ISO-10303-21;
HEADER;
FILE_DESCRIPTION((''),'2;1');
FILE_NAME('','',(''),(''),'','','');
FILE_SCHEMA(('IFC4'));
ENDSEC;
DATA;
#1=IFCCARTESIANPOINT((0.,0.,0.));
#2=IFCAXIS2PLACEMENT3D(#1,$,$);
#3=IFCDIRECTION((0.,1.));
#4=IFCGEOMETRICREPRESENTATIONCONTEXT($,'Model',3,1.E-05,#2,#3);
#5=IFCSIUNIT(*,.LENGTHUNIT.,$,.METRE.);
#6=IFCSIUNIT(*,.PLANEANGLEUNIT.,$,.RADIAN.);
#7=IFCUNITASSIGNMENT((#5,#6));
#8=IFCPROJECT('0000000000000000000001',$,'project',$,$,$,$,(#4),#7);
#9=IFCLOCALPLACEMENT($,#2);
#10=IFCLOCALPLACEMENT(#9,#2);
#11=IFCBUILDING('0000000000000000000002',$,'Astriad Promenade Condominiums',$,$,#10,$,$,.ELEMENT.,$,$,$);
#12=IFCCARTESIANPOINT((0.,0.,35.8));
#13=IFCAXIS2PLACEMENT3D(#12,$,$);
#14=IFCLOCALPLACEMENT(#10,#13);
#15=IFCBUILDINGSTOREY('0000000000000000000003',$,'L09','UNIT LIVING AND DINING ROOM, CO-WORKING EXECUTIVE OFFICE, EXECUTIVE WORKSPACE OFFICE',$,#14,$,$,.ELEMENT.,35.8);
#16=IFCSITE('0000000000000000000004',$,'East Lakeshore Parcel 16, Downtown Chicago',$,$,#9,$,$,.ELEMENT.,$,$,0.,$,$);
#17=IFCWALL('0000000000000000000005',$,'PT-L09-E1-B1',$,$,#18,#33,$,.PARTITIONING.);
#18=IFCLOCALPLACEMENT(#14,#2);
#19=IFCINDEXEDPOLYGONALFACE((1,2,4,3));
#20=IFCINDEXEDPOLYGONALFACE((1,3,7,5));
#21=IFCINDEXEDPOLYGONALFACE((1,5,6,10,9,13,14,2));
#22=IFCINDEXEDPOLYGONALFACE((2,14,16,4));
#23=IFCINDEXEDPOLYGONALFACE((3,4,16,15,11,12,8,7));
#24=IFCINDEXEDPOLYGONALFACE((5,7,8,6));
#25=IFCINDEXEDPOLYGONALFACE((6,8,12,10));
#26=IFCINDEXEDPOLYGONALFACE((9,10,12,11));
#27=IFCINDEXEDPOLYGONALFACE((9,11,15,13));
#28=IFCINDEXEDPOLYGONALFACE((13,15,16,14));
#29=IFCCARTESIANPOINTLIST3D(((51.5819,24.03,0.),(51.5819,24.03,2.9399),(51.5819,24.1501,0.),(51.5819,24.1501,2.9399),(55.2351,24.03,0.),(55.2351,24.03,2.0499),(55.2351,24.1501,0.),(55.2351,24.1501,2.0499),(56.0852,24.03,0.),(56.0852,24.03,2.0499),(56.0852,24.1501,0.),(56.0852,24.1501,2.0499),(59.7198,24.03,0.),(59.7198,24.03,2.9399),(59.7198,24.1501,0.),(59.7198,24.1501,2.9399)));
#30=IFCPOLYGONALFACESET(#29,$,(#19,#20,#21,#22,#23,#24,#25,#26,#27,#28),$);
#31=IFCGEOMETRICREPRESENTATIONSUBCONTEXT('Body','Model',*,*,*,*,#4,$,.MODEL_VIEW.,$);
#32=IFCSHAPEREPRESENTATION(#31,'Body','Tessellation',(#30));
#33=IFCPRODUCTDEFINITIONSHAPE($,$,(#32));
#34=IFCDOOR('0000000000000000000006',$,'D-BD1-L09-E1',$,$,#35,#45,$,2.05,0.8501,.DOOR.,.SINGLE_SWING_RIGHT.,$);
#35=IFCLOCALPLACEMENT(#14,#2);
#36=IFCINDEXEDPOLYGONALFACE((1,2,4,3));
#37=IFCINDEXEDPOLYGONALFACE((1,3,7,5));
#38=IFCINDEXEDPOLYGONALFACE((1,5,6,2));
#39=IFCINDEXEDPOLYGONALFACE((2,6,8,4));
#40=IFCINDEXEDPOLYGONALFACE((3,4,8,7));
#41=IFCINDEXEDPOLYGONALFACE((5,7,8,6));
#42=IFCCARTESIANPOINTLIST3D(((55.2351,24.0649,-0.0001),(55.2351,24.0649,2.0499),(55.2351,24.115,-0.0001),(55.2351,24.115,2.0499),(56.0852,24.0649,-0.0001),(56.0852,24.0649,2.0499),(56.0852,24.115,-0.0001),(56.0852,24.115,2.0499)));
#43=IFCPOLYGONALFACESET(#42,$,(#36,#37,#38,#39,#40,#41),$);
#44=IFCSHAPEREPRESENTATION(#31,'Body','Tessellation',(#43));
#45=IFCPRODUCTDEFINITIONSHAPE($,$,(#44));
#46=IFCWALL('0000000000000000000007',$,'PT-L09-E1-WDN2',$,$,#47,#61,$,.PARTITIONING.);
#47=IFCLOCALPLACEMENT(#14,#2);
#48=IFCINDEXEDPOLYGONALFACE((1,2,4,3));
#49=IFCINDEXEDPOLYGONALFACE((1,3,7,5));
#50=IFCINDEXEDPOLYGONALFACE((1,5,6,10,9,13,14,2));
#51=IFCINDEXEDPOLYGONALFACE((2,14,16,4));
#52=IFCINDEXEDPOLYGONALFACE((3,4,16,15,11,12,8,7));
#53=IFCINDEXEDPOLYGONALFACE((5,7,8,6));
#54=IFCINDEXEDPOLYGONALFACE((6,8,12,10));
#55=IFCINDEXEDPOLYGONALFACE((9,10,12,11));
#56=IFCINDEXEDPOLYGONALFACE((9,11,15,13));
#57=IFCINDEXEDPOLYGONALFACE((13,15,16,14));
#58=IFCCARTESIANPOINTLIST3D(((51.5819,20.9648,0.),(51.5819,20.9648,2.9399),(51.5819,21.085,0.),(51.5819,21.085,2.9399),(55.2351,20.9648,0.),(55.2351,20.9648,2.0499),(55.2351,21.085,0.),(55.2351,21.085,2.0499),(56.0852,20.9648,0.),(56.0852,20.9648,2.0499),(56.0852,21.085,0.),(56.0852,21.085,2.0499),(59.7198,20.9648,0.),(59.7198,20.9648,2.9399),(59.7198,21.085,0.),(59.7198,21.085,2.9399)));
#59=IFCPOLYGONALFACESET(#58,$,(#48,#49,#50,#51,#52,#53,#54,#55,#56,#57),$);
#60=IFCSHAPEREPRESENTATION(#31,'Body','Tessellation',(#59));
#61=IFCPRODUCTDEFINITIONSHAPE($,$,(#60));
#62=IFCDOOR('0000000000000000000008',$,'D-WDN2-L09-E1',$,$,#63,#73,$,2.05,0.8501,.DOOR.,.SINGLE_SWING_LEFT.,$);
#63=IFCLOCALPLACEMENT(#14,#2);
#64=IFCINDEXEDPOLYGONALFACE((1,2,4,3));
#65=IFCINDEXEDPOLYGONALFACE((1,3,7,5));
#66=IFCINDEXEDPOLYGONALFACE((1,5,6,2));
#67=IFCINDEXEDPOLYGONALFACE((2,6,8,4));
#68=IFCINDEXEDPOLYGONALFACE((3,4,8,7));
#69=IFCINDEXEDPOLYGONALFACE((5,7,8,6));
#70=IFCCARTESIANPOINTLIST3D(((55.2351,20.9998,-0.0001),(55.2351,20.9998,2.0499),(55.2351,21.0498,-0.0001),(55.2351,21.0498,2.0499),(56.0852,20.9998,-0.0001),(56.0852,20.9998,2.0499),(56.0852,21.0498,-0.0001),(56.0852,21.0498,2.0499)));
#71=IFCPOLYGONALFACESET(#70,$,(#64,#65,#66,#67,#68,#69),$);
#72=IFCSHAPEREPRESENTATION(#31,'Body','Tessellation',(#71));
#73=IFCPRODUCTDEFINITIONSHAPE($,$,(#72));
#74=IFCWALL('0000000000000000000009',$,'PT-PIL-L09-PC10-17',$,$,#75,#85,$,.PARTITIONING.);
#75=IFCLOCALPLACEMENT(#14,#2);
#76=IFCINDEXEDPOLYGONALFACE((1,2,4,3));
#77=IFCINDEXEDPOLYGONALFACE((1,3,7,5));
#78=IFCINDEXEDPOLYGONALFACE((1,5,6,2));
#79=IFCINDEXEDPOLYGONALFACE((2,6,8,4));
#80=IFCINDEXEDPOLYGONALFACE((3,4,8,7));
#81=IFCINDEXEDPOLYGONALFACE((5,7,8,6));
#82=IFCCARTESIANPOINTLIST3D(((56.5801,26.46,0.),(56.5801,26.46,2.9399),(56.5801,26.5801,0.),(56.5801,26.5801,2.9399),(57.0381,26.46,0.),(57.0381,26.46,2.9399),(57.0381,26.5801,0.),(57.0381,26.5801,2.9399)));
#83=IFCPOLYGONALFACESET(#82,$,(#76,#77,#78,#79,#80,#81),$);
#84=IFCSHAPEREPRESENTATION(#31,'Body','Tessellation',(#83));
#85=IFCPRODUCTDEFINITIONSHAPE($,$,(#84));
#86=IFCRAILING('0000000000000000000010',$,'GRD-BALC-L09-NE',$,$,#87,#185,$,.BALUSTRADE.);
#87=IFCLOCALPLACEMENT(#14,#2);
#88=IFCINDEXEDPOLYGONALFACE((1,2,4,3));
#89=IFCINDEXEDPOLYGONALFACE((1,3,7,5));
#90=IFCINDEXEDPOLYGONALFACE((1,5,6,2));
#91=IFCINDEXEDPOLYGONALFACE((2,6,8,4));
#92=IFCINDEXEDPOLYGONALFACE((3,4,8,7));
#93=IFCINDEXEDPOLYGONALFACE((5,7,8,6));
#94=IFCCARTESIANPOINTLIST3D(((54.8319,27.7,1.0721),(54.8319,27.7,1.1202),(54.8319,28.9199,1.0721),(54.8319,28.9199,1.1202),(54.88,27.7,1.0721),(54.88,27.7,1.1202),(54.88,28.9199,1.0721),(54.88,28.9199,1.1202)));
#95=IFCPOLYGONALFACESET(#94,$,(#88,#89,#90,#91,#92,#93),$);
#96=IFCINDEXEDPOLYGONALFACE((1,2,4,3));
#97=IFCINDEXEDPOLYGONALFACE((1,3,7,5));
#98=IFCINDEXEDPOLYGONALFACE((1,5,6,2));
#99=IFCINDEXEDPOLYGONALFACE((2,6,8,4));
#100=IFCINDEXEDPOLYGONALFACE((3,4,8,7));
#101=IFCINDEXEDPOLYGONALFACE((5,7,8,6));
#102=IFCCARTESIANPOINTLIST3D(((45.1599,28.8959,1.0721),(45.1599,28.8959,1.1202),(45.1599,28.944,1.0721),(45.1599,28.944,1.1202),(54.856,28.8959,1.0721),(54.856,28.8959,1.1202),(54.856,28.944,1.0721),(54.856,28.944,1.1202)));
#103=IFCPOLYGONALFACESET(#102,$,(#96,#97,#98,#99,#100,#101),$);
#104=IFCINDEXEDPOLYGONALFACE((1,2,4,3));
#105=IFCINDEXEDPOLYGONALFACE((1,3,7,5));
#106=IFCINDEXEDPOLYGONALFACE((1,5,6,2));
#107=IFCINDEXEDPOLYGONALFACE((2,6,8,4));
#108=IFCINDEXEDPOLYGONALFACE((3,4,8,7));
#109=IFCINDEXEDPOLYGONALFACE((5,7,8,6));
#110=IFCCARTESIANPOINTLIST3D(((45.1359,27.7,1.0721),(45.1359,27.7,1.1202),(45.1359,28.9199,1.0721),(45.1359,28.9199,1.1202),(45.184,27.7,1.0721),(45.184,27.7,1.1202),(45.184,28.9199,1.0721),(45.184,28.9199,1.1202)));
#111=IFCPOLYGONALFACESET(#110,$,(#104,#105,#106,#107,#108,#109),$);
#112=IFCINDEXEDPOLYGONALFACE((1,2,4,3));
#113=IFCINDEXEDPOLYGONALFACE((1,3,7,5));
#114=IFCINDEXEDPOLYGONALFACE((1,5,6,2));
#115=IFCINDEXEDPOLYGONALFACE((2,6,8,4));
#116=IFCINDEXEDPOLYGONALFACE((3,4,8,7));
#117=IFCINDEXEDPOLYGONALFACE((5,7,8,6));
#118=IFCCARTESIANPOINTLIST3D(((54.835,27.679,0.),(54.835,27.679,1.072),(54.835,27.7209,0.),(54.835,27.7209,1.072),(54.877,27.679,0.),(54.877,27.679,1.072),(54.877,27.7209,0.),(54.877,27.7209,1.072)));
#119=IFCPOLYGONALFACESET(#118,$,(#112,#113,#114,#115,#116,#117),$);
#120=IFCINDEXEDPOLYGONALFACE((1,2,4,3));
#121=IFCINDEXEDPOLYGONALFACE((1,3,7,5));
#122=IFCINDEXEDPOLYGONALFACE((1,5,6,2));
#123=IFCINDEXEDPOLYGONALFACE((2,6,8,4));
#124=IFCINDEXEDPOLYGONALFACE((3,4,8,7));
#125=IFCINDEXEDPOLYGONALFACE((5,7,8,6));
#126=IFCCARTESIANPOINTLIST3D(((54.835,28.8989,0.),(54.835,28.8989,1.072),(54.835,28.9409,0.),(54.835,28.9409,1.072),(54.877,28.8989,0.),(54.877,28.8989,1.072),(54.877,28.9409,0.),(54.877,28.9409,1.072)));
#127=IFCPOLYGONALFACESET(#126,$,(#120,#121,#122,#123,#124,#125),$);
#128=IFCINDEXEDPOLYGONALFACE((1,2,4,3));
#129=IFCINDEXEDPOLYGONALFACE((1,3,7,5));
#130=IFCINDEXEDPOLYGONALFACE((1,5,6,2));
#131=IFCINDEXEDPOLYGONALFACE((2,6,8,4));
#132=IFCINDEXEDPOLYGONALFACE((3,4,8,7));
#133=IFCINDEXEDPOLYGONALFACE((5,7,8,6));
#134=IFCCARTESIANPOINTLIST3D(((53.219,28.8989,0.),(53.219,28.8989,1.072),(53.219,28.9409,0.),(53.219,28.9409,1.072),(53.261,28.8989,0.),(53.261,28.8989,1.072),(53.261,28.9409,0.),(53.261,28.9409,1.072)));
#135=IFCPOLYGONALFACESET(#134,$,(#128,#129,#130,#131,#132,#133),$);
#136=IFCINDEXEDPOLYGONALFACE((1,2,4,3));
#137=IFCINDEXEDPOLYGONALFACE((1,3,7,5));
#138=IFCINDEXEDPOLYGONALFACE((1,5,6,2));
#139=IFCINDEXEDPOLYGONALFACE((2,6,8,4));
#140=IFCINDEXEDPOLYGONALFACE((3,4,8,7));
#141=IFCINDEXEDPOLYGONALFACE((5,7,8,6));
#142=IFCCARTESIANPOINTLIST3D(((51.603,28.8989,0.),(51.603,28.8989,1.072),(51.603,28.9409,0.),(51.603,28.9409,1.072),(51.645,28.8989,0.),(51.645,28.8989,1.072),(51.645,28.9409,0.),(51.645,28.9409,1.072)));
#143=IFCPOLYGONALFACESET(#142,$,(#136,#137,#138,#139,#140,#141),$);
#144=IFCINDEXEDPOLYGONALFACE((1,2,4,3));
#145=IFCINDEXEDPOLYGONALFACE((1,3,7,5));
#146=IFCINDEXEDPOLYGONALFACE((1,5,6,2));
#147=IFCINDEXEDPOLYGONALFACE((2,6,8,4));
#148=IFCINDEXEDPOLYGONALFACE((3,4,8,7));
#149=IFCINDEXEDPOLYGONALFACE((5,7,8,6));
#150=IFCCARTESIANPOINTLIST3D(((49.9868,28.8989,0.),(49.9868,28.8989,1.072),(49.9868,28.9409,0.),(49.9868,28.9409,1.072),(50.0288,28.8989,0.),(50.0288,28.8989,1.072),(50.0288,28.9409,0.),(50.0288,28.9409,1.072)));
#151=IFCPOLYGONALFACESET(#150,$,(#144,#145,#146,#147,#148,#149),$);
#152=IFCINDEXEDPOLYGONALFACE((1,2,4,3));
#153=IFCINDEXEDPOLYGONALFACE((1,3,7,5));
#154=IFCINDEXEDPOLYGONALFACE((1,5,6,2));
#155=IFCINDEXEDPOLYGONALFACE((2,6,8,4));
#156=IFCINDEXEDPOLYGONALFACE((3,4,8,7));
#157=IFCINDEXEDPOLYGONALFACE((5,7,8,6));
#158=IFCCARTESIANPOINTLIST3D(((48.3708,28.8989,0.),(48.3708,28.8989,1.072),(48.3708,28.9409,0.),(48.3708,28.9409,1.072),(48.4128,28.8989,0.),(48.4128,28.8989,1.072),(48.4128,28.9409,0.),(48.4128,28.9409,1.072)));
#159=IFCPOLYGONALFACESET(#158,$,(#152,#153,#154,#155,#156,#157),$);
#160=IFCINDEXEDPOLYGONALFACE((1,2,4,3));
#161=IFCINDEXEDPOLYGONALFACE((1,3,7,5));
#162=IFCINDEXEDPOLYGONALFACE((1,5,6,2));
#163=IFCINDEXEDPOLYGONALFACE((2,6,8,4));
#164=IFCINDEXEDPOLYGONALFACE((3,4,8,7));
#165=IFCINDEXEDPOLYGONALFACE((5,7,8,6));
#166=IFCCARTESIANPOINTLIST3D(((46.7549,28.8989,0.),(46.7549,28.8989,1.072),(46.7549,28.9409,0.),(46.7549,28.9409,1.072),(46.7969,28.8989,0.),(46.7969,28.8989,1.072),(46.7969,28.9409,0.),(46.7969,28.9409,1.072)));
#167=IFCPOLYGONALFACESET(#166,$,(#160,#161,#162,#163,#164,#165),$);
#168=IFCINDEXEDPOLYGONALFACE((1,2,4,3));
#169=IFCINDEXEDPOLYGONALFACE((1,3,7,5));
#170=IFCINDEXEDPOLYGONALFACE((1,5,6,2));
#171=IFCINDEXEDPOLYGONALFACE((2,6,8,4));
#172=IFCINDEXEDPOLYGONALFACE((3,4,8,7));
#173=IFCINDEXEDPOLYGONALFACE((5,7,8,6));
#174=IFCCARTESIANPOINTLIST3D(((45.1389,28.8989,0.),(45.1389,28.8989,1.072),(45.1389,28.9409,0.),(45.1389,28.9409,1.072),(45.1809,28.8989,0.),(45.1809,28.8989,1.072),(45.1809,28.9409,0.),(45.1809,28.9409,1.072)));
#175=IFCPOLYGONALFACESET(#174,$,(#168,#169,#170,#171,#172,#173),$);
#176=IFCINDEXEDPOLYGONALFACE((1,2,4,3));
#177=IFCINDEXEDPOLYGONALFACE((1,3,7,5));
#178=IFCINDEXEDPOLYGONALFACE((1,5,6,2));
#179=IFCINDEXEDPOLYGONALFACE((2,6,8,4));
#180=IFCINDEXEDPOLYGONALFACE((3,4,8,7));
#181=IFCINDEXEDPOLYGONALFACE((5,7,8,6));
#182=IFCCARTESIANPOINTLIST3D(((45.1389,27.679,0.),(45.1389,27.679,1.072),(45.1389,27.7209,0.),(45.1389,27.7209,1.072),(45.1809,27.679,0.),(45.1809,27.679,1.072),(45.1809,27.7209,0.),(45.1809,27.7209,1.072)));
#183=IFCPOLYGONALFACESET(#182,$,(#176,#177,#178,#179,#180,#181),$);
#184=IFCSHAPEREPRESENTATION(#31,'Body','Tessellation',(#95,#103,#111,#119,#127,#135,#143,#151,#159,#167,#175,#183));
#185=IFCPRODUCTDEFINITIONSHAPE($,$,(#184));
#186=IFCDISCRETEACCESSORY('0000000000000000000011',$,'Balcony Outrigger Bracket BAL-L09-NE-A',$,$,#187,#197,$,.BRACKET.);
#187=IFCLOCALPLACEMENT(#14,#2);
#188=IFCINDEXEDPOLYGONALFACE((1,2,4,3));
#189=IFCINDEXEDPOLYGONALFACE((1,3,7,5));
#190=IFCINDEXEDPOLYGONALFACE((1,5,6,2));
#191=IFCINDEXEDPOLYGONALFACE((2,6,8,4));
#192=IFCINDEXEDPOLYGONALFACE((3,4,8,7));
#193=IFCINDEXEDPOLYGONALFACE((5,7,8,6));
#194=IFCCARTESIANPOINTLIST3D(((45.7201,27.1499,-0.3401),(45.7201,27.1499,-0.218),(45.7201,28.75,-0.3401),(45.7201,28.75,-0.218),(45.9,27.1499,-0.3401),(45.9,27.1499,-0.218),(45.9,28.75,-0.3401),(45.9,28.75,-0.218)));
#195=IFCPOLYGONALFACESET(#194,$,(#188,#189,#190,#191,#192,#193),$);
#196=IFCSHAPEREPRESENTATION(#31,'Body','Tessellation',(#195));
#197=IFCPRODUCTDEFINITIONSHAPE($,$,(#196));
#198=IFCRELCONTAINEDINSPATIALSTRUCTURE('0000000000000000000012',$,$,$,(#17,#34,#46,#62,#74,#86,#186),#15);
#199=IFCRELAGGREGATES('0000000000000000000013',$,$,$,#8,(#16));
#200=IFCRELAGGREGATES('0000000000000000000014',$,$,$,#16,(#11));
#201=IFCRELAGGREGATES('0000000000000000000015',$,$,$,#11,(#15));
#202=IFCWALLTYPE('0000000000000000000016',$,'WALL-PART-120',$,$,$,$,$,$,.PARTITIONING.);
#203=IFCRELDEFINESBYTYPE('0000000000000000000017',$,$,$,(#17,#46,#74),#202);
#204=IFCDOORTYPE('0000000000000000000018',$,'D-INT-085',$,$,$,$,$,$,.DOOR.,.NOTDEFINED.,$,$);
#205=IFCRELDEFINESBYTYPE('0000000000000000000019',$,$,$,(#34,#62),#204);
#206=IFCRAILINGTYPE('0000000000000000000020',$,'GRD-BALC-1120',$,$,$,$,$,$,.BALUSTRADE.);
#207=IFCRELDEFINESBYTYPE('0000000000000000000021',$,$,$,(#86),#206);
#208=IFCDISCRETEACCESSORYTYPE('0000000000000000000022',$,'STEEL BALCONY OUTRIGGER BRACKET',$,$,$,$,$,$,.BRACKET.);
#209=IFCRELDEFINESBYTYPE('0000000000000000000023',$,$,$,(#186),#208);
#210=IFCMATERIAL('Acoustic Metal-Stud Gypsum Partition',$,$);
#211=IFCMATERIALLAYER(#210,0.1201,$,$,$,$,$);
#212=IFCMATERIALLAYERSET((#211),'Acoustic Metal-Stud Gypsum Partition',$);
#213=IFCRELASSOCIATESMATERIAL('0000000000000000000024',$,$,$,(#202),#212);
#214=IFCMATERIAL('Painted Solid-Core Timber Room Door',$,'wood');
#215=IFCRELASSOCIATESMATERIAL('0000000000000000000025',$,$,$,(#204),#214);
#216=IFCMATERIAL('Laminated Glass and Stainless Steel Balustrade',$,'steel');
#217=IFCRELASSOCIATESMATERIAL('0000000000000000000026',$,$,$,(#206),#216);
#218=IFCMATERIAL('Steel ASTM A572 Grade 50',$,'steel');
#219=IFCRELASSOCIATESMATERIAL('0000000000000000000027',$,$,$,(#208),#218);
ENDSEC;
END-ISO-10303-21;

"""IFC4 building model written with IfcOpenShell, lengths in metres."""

from ifc_helpers import new_model, si_unit, direction, frame, frame_2d, origin, origin_2d, place, context, subcontext, project, spatial, rectangle, extrude, source, transform, mapped, material, layer, layer_set, type_object, type_shapes, element, fill, save


model = new_model("IFC4")

# Units and contexts
model_context = context("Model", 3, precision=1e-05, world=origin(), true_north=direction((0.0, 1.0)))
body_context = subcontext(model_context, "Body", "Model", "MODEL_VIEW")
ifc_project = project(units=[si_unit("LENGTHUNIT", "METRE"), si_unit("PLANEANGLEUNIT", "RADIAN")], contexts=[model_context])

# Site, building, storey
site_placement = place(None, origin())
site = spatial("IfcSite", under=ifc_project, at=site_placement, Name="East Lakeshore Parcel 16, Downtown Chicago", CompositionType="ELEMENT", RefElevation=0.0)
building_placement = place(site_placement, origin())
building = spatial("IfcBuilding", under=site, at=building_placement, Name="Astriad Promenade Condominiums", CompositionType="ELEMENT")
storey_placement = place(building_placement, frame((0.0, 0.0, 35.8)))
storey = spatial("IfcBuildingStorey", under=building, at=storey_placement, Name="L09", Description="UNIT LIVING AND DINING ROOM, CO-WORKING EXECUTIVE OFFICE, EXECUTIVE WORKSPACE OFFICE", CompositionType="ELEMENT", Elevation=35.8)

# Shared definitions
ifc_material_1 = material(Name="Acoustic Metal-Stud Gypsum Partition")
ifc_layer_1 = layer(ifc_material_1, 0.1201)
ifc_layer_set_1 = layer_set([ifc_layer_1], Name="Acoustic Metal-Stud Gypsum Partition")
wall_type_1 = type_object("IfcWallType", Name="WALL-PART-120", PredefinedType="PARTITIONING", material=ifc_layer_set_1)

# Walls, openings, doors
wall_1_placement = place(storey_placement, frame((51.582, 24.0901, 0.0), z_axis=(0.0, 0.0, 1.0), x_axis=(1.0, 0.0, 0.0)))
wall_1 = element("IfcWall", 1, at=wall_1_placement, inside=storey, type_object=wall_type_1, Name="PT-L09-E1-B1", PredefinedType="PARTITIONING", context=body_context, shape_type="SweptSolid", body=[
    extrude(rectangle(XDim=8.1379, YDim=0.1201, at=frame_2d((4.0688, 0.0))), origin(), (0.0, 0.0, 1.0), 2.9399),
])
opening_1_placement = place(wall_1_placement, frame((3.6531, 0.0, 0.0)))
opening_1 = element("IfcOpeningElement", 2, at=opening_1_placement, cuts=wall_1, PredefinedType="OPENING", context=body_context, shape_type="SweptSolid", body=[
    extrude(rectangle(XDim=0.8501, YDim=2.05, at=frame_2d((0.425, 1.0249))), frame((0.0, 0.0701, 0.0), z_axis=(0.0, -1.0, 0.0), x_axis=(1.0, 0.0, 0.0)), (0.0, 0.0, 1.0), 0.1401),
])
ifc_material_2 = material(Name="Painted Solid-Core Timber Room Door", Category="wood")
door_type = type_object("IfcDoorType", Name="D-INT-085", OperationType="NOTDEFINED", PredefinedType="DOOR", material=ifc_material_2)
shared_shape_1 = source(origin(), body_context, "Body", "SweptSolid", [
    extrude(rectangle(XDim=0.8501, YDim=2.05, at=frame_2d((0.425, 1.0249))), frame((0.0, 0.0249, 0.0), z_axis=(0.0, -1.0, 0.0), x_axis=(1.0, 0.0, 0.0)), (0.0, 0.0, 1.0), 0.05),
])
type_shapes(door_type, [shared_shape_1])
door_1_placement = place(opening_1_placement, origin())
door_1 = element("IfcDoor", 3, at=door_1_placement, inside=storey, type_object=door_type, Name="D-BD1-L09-E1", OperationType="SINGLE_SWING_RIGHT", OverallHeight=2.05, OverallWidth=0.8501, PredefinedType="DOOR", context=body_context, shape_type="MappedRepresentation", body=[
    mapped(shared_shape_1, transform((0.0, 0.0, 0.0), scale=1.0)),
])
fill(opening_1, door_1)
wall_2_placement = place(storey_placement, frame((51.582, 21.0249, 0.0), z_axis=(0.0, 0.0, 1.0), x_axis=(1.0, 0.0, 0.0)))
wall_2 = element("IfcWall", 4, at=wall_2_placement, inside=storey, type_object=wall_type_1, Name="PT-L09-E1-WDN2", PredefinedType="PARTITIONING", context=body_context, shape_type="SweptSolid", body=[
    extrude(rectangle(XDim=8.1379, YDim=0.1201, at=frame_2d((4.0688, 0.0))), origin(), (0.0, 0.0, 1.0), 2.9399),
])
opening_2_placement = place(wall_2_placement, frame((3.6531, 0.0, 0.0)))
opening_2 = element("IfcOpeningElement", 5, at=opening_2_placement, cuts=wall_2, PredefinedType="OPENING", context=body_context, shape_type="SweptSolid", body=[
    extrude(rectangle(XDim=0.8501, YDim=2.05, at=frame_2d((0.425, 1.0249))), frame((0.0, 0.0701, 0.0), z_axis=(0.0, -1.0, 0.0), x_axis=(1.0, 0.0, 0.0)), (0.0, 0.0, 1.0), 0.1401),
])
door_2_placement = place(opening_2_placement, origin())
door_2 = element("IfcDoor", 6, at=door_2_placement, inside=storey, type_object=door_type, Name="D-WDN2-L09-E1", OperationType="SINGLE_SWING_LEFT", OverallHeight=2.05, OverallWidth=0.8501, PredefinedType="DOOR", context=body_context, shape_type="MappedRepresentation", body=[
    mapped(shared_shape_1, transform((0.0, 0.0, 0.0), scale=1.0)),
])
fill(opening_2, door_2)

# Wall
wall_3_placement = place(storey_placement, frame((56.5801, 26.52, 0.0), z_axis=(0.0, 0.0, 1.0), x_axis=(1.0, 0.0, 0.0)))
element("IfcWall", 7, at=wall_3_placement, inside=storey, type_object=wall_type_1, Name="PT-PIL-L09-PC10-17", PredefinedType="PARTITIONING", context=body_context, shape_type="SweptSolid", body=[
    extrude(rectangle(XDim=0.458, YDim=0.1201, at=frame_2d((0.229, 0.0))), origin(), (0.0, 0.0, 1.0), 2.9399),
])

# Railing
ifc_material_3 = material(Name="Laminated Glass and Stainless Steel Balustrade", Category="steel")
railing_type = type_object("IfcRailingType", Name="GRD-BALC-1120", PredefinedType="BALUSTRADE", material=ifc_material_3)
shared_shape_2 = source(origin(), body_context, "Body", "SweptSolid", [
    extrude(rectangle(XDim=0.0481, YDim=0.0481, at=origin_2d()), frame((0.0, 0.0, 1.0962), z_axis=(0.0, 1.0, 0.0), x_axis=(-1.0, 0.0, 0.0)), (0.0, 0.0, 1.0), 1.22),
    extrude(rectangle(XDim=0.0481, YDim=0.0481, at=origin_2d()), frame((0.0, 1.22, 1.0962), z_axis=(-1.0, 0.0, 0.0), x_axis=(0.0, -1.0, 0.0)), (0.0, 0.0, 1.0), 9.696),
    extrude(rectangle(XDim=0.0481, YDim=0.0481, at=origin_2d()), frame((-9.696, 1.22, 1.0962), z_axis=(0.0, -1.0, 0.0), x_axis=(1.0, 0.0, 0.0)), (0.0, 0.0, 1.0), 1.22),
    extrude(rectangle(XDim=0.042, YDim=0.042, at=origin_2d()), origin(), (0.0, 0.0, 1.0), 1.072),
    extrude(rectangle(XDim=0.042, YDim=0.042, at=origin_2d()), frame((0.0, 1.22, 0.0)), (0.0, 0.0, 1.0), 1.072),
    extrude(rectangle(XDim=0.042, YDim=0.042, at=origin_2d()), frame((-1.616, 1.22, 0.0)), (0.0, 0.0, 1.0), 1.072),
    extrude(rectangle(XDim=0.042, YDim=0.042, at=origin_2d()), frame((-3.2319, 1.22, 0.0)), (0.0, 0.0, 1.0), 1.072),
    extrude(rectangle(XDim=0.042, YDim=0.042, at=origin_2d()), frame((-4.8481, 1.22, 0.0)), (0.0, 0.0, 1.0), 1.072),
    extrude(rectangle(XDim=0.042, YDim=0.042, at=origin_2d()), frame((-6.4641, 1.22, 0.0)), (0.0, 0.0, 1.0), 1.072),
    extrude(rectangle(XDim=0.042, YDim=0.042, at=origin_2d()), frame((-8.0801, 1.22, 0.0)), (0.0, 0.0, 1.0), 1.072),
    extrude(rectangle(XDim=0.042, YDim=0.042, at=origin_2d()), frame((-9.696, 1.22, 0.0)), (0.0, 0.0, 1.0), 1.072),
    extrude(rectangle(XDim=0.042, YDim=0.042, at=origin_2d()), frame((-9.696, 0.0, 0.0)), (0.0, 0.0, 1.0), 1.072),
])
type_shapes(railing_type, [shared_shape_2])
railing_placement = place(storey_placement, frame((54.856, 27.7, 0.0)))
element("IfcRailing", 8, at=railing_placement, inside=storey, type_object=railing_type, Name="GRD-BALC-L09-NE", PredefinedType="BALUSTRADE", context=body_context, shape_type="MappedRepresentation", body=[
    mapped(shared_shape_2, transform((0.0, 0.0, 0.0), scale=1.0)),
])

# Discrete accessory
ifc_material_4 = material(Name="Steel ASTM A572 Grade 50", Category="steel")
discrete_accessory_type = type_object("IfcDiscreteAccessoryType", Name="STEEL BALCONY OUTRIGGER BRACKET", PredefinedType="BRACKET", material=ifc_material_4)
shared_shape_3 = source(origin(), body_context, "Body", "SweptSolid", [
    extrude(rectangle(XDim=1.6001, YDim=0.1799, at=origin_2d()), origin(), (0.0, 0.0, 1.0), 0.1221),
])
type_shapes(discrete_accessory_type, [shared_shape_3])
for number, where, z_axis, x_axis, name in (
    (9, (45.8101, 27.95, -0.3401), (0.0, 0.0, 1.0), (0.0, 1.0, 0.0), "Balcony Outrigger Bracket BAL-L09-NE-A"),
):
    element("IfcDiscreteAccessory", number, at=place(storey_placement, frame(where, z_axis=z_axis, x_axis=x_axis)), inside=storey, type_object=discrete_accessory_type, Name=name, PredefinedType="BRACKET", context=body_context, shape_type="MappedRepresentation", body=[
        mapped(shared_shape_3, transform((0.0, 0.0, 0.0), scale=1.0)),
    ])

save(model, "model.ifc")
